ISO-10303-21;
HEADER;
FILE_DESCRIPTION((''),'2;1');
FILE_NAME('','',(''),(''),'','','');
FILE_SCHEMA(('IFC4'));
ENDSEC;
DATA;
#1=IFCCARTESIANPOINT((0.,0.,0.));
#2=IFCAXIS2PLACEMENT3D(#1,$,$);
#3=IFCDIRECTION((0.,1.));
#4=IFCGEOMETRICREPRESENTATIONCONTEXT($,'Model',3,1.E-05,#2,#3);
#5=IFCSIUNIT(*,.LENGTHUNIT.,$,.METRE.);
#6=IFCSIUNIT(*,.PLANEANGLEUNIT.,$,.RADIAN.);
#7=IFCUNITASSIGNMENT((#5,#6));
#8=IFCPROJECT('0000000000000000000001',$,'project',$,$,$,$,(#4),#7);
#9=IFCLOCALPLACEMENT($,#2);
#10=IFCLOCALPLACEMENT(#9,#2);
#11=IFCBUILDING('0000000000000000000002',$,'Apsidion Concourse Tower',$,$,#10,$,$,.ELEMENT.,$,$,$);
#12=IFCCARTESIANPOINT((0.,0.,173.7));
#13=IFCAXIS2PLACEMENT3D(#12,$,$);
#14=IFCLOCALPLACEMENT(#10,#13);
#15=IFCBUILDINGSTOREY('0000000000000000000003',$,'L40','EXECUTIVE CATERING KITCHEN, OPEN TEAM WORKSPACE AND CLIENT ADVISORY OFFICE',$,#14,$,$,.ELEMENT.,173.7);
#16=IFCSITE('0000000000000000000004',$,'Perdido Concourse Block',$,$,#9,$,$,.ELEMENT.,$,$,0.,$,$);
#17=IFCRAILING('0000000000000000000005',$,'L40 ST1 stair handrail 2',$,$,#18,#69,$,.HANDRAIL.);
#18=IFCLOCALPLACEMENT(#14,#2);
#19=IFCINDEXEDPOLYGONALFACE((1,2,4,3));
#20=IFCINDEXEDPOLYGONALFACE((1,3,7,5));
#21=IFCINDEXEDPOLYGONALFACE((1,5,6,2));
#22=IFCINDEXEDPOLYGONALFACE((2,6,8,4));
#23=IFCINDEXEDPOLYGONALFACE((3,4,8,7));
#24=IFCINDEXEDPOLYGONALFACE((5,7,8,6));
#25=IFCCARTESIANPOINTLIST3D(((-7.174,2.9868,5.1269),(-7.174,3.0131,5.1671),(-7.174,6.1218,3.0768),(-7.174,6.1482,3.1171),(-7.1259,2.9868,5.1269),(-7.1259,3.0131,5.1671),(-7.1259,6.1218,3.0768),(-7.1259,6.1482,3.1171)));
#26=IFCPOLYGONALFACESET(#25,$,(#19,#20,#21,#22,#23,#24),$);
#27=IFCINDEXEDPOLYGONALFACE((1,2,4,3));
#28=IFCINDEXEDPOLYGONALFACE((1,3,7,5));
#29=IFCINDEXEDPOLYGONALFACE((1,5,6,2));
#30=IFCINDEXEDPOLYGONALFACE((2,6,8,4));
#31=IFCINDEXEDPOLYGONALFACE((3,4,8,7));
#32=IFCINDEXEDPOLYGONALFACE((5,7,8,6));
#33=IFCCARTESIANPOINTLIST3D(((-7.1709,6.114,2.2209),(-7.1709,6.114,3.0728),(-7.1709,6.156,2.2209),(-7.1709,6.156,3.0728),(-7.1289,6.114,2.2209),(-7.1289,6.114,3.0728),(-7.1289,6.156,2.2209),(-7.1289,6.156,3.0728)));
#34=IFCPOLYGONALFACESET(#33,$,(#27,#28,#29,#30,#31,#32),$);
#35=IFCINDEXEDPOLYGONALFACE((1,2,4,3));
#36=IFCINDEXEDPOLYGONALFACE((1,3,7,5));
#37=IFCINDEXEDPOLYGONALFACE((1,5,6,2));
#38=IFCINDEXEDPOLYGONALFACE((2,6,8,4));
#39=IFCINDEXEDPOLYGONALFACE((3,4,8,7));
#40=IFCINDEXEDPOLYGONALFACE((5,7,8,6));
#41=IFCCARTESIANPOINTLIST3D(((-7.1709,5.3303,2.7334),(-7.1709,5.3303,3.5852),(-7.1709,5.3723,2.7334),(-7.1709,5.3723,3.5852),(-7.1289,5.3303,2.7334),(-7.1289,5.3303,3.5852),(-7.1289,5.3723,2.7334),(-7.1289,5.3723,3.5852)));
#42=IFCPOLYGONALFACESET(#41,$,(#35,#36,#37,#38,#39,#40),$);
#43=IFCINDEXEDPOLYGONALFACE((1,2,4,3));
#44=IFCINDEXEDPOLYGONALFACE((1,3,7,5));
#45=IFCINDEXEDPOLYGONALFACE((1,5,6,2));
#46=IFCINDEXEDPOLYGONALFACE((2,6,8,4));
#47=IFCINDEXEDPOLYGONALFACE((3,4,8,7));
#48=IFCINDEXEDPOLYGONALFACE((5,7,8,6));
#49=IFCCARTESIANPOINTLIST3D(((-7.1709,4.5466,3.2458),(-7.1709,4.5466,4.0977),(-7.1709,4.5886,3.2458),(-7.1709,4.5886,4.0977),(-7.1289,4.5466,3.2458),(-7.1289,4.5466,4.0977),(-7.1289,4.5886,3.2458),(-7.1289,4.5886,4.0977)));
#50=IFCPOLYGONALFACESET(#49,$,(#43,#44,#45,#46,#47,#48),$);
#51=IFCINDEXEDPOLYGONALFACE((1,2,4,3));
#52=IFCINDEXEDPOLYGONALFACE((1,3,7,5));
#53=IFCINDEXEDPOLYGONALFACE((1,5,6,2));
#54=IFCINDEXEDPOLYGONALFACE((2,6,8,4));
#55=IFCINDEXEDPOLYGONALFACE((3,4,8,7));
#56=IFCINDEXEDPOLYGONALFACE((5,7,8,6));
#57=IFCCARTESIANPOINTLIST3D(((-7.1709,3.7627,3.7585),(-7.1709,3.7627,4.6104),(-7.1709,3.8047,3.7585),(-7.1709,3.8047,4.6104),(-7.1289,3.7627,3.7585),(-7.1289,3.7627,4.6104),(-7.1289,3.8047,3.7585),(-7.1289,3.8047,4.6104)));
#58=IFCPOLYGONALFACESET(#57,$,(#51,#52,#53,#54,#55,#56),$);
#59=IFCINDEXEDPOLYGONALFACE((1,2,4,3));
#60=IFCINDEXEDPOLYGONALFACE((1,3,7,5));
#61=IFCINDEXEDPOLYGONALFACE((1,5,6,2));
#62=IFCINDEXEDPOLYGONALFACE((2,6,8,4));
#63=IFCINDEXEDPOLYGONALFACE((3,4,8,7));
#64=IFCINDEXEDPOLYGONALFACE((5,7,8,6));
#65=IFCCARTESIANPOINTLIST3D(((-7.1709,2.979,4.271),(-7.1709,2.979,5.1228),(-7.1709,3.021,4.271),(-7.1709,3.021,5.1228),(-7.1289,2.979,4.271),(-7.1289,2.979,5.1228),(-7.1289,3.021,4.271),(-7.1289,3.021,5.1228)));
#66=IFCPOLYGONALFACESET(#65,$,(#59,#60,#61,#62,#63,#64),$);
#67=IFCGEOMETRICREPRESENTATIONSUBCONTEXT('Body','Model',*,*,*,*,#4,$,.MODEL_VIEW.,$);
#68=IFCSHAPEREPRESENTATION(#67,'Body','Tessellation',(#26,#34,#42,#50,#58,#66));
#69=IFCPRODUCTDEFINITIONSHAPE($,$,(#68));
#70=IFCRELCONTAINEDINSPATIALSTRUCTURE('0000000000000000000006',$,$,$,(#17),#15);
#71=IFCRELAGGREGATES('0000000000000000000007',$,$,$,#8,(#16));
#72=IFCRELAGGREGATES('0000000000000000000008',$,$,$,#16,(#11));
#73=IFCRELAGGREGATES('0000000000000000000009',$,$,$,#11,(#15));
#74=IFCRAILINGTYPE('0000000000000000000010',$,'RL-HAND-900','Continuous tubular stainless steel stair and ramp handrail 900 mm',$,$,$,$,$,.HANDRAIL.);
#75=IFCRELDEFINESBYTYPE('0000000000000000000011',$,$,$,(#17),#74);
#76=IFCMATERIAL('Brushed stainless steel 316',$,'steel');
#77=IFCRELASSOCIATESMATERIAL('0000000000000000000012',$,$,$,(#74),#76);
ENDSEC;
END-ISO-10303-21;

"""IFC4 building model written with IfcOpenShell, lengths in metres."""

from ifc_helpers import new_model, si_unit, direction, frame, origin, origin_2d, place, context, subcontext, project, spatial, rectangle, extrude, material, type_object, element, save


model = new_model("IFC4")

# Units and contexts
model_context = context("Model", 3, precision=1e-05, world=origin(), true_north=direction((0.0, 1.0)))
body_context = subcontext(model_context, "Body", "Model", "MODEL_VIEW")
ifc_project = project(units=[si_unit("LENGTHUNIT", "METRE"), si_unit("PLANEANGLEUNIT", "RADIAN")], contexts=[model_context])

# Site, building, storey
site_placement = place(None, origin())
site = spatial("IfcSite", under=ifc_project, at=site_placement, Name="Perdido Concourse Block", CompositionType="ELEMENT", RefElevation=0.0)
building_placement = place(site_placement, origin())
building = spatial("IfcBuilding", under=site, at=building_placement, Name="Apsidion Concourse Tower", CompositionType="ELEMENT")
storey_placement = place(building_placement, frame((0.0, 0.0, 173.7)))
storey = spatial("IfcBuildingStorey", under=building, at=storey_placement, Name="L40", Description="EXECUTIVE CATERING KITCHEN, OPEN TEAM WORKSPACE AND CLIENT ADVISORY OFFICE", CompositionType="ELEMENT", Elevation=173.7)

# Shared definitions
ifc_material_1 = material(Name="Brushed stainless steel 316", Category="steel")

# Railing
railing_type_1 = type_object("IfcRailingType", Name="RL-HAND-900", Description="Continuous tubular stainless steel stair and ramp handrail 900 mm", PredefinedType="HANDRAIL", material=ifc_material_1)
railing_1_placement = place(storey_placement, frame((-7.1499, 6.135, 2.2209)))
element("IfcRailing", 1, at=railing_1_placement, inside=storey, type_object=railing_type_1, Name="L40 ST1 stair handrail 2", PredefinedType="HANDRAIL", context=body_context, shape_type="SweptSolid", body=[
    extrude(rectangle(XDim=0.0481, YDim=0.0481, at=origin_2d()), frame((0.0, 0.0, 0.876), z_axis=(0.0, -0.836941, 0.547293), x_axis=(1.0, 0.0, 0.0)), (0.0, 0.0, 1.0), 3.7458),
    extrude(rectangle(XDim=0.042, YDim=0.042, at=origin_2d()), origin(), (0.0, 0.0, 1.0), 0.8518),
    extrude(rectangle(XDim=0.042, YDim=0.042, at=origin_2d()), frame((0.0, -0.7837, 0.5125)), (0.0, 0.0, 1.0), 0.8518),
    extrude(rectangle(XDim=0.042, YDim=0.042, at=origin_2d()), frame((0.0, -1.5674, 1.0249)), (0.0, 0.0, 1.0), 0.8518),
    extrude(rectangle(XDim=0.042, YDim=0.042, at=origin_2d()), frame((0.0, -2.3513, 1.5376)), (0.0, 0.0, 1.0), 0.8518),
    extrude(rectangle(XDim=0.042, YDim=0.042, at=origin_2d()), frame((0.0, -3.135, 2.05)), (0.0, 0.0, 1.0), 0.8518),
])

save(model, "model.ifc")
